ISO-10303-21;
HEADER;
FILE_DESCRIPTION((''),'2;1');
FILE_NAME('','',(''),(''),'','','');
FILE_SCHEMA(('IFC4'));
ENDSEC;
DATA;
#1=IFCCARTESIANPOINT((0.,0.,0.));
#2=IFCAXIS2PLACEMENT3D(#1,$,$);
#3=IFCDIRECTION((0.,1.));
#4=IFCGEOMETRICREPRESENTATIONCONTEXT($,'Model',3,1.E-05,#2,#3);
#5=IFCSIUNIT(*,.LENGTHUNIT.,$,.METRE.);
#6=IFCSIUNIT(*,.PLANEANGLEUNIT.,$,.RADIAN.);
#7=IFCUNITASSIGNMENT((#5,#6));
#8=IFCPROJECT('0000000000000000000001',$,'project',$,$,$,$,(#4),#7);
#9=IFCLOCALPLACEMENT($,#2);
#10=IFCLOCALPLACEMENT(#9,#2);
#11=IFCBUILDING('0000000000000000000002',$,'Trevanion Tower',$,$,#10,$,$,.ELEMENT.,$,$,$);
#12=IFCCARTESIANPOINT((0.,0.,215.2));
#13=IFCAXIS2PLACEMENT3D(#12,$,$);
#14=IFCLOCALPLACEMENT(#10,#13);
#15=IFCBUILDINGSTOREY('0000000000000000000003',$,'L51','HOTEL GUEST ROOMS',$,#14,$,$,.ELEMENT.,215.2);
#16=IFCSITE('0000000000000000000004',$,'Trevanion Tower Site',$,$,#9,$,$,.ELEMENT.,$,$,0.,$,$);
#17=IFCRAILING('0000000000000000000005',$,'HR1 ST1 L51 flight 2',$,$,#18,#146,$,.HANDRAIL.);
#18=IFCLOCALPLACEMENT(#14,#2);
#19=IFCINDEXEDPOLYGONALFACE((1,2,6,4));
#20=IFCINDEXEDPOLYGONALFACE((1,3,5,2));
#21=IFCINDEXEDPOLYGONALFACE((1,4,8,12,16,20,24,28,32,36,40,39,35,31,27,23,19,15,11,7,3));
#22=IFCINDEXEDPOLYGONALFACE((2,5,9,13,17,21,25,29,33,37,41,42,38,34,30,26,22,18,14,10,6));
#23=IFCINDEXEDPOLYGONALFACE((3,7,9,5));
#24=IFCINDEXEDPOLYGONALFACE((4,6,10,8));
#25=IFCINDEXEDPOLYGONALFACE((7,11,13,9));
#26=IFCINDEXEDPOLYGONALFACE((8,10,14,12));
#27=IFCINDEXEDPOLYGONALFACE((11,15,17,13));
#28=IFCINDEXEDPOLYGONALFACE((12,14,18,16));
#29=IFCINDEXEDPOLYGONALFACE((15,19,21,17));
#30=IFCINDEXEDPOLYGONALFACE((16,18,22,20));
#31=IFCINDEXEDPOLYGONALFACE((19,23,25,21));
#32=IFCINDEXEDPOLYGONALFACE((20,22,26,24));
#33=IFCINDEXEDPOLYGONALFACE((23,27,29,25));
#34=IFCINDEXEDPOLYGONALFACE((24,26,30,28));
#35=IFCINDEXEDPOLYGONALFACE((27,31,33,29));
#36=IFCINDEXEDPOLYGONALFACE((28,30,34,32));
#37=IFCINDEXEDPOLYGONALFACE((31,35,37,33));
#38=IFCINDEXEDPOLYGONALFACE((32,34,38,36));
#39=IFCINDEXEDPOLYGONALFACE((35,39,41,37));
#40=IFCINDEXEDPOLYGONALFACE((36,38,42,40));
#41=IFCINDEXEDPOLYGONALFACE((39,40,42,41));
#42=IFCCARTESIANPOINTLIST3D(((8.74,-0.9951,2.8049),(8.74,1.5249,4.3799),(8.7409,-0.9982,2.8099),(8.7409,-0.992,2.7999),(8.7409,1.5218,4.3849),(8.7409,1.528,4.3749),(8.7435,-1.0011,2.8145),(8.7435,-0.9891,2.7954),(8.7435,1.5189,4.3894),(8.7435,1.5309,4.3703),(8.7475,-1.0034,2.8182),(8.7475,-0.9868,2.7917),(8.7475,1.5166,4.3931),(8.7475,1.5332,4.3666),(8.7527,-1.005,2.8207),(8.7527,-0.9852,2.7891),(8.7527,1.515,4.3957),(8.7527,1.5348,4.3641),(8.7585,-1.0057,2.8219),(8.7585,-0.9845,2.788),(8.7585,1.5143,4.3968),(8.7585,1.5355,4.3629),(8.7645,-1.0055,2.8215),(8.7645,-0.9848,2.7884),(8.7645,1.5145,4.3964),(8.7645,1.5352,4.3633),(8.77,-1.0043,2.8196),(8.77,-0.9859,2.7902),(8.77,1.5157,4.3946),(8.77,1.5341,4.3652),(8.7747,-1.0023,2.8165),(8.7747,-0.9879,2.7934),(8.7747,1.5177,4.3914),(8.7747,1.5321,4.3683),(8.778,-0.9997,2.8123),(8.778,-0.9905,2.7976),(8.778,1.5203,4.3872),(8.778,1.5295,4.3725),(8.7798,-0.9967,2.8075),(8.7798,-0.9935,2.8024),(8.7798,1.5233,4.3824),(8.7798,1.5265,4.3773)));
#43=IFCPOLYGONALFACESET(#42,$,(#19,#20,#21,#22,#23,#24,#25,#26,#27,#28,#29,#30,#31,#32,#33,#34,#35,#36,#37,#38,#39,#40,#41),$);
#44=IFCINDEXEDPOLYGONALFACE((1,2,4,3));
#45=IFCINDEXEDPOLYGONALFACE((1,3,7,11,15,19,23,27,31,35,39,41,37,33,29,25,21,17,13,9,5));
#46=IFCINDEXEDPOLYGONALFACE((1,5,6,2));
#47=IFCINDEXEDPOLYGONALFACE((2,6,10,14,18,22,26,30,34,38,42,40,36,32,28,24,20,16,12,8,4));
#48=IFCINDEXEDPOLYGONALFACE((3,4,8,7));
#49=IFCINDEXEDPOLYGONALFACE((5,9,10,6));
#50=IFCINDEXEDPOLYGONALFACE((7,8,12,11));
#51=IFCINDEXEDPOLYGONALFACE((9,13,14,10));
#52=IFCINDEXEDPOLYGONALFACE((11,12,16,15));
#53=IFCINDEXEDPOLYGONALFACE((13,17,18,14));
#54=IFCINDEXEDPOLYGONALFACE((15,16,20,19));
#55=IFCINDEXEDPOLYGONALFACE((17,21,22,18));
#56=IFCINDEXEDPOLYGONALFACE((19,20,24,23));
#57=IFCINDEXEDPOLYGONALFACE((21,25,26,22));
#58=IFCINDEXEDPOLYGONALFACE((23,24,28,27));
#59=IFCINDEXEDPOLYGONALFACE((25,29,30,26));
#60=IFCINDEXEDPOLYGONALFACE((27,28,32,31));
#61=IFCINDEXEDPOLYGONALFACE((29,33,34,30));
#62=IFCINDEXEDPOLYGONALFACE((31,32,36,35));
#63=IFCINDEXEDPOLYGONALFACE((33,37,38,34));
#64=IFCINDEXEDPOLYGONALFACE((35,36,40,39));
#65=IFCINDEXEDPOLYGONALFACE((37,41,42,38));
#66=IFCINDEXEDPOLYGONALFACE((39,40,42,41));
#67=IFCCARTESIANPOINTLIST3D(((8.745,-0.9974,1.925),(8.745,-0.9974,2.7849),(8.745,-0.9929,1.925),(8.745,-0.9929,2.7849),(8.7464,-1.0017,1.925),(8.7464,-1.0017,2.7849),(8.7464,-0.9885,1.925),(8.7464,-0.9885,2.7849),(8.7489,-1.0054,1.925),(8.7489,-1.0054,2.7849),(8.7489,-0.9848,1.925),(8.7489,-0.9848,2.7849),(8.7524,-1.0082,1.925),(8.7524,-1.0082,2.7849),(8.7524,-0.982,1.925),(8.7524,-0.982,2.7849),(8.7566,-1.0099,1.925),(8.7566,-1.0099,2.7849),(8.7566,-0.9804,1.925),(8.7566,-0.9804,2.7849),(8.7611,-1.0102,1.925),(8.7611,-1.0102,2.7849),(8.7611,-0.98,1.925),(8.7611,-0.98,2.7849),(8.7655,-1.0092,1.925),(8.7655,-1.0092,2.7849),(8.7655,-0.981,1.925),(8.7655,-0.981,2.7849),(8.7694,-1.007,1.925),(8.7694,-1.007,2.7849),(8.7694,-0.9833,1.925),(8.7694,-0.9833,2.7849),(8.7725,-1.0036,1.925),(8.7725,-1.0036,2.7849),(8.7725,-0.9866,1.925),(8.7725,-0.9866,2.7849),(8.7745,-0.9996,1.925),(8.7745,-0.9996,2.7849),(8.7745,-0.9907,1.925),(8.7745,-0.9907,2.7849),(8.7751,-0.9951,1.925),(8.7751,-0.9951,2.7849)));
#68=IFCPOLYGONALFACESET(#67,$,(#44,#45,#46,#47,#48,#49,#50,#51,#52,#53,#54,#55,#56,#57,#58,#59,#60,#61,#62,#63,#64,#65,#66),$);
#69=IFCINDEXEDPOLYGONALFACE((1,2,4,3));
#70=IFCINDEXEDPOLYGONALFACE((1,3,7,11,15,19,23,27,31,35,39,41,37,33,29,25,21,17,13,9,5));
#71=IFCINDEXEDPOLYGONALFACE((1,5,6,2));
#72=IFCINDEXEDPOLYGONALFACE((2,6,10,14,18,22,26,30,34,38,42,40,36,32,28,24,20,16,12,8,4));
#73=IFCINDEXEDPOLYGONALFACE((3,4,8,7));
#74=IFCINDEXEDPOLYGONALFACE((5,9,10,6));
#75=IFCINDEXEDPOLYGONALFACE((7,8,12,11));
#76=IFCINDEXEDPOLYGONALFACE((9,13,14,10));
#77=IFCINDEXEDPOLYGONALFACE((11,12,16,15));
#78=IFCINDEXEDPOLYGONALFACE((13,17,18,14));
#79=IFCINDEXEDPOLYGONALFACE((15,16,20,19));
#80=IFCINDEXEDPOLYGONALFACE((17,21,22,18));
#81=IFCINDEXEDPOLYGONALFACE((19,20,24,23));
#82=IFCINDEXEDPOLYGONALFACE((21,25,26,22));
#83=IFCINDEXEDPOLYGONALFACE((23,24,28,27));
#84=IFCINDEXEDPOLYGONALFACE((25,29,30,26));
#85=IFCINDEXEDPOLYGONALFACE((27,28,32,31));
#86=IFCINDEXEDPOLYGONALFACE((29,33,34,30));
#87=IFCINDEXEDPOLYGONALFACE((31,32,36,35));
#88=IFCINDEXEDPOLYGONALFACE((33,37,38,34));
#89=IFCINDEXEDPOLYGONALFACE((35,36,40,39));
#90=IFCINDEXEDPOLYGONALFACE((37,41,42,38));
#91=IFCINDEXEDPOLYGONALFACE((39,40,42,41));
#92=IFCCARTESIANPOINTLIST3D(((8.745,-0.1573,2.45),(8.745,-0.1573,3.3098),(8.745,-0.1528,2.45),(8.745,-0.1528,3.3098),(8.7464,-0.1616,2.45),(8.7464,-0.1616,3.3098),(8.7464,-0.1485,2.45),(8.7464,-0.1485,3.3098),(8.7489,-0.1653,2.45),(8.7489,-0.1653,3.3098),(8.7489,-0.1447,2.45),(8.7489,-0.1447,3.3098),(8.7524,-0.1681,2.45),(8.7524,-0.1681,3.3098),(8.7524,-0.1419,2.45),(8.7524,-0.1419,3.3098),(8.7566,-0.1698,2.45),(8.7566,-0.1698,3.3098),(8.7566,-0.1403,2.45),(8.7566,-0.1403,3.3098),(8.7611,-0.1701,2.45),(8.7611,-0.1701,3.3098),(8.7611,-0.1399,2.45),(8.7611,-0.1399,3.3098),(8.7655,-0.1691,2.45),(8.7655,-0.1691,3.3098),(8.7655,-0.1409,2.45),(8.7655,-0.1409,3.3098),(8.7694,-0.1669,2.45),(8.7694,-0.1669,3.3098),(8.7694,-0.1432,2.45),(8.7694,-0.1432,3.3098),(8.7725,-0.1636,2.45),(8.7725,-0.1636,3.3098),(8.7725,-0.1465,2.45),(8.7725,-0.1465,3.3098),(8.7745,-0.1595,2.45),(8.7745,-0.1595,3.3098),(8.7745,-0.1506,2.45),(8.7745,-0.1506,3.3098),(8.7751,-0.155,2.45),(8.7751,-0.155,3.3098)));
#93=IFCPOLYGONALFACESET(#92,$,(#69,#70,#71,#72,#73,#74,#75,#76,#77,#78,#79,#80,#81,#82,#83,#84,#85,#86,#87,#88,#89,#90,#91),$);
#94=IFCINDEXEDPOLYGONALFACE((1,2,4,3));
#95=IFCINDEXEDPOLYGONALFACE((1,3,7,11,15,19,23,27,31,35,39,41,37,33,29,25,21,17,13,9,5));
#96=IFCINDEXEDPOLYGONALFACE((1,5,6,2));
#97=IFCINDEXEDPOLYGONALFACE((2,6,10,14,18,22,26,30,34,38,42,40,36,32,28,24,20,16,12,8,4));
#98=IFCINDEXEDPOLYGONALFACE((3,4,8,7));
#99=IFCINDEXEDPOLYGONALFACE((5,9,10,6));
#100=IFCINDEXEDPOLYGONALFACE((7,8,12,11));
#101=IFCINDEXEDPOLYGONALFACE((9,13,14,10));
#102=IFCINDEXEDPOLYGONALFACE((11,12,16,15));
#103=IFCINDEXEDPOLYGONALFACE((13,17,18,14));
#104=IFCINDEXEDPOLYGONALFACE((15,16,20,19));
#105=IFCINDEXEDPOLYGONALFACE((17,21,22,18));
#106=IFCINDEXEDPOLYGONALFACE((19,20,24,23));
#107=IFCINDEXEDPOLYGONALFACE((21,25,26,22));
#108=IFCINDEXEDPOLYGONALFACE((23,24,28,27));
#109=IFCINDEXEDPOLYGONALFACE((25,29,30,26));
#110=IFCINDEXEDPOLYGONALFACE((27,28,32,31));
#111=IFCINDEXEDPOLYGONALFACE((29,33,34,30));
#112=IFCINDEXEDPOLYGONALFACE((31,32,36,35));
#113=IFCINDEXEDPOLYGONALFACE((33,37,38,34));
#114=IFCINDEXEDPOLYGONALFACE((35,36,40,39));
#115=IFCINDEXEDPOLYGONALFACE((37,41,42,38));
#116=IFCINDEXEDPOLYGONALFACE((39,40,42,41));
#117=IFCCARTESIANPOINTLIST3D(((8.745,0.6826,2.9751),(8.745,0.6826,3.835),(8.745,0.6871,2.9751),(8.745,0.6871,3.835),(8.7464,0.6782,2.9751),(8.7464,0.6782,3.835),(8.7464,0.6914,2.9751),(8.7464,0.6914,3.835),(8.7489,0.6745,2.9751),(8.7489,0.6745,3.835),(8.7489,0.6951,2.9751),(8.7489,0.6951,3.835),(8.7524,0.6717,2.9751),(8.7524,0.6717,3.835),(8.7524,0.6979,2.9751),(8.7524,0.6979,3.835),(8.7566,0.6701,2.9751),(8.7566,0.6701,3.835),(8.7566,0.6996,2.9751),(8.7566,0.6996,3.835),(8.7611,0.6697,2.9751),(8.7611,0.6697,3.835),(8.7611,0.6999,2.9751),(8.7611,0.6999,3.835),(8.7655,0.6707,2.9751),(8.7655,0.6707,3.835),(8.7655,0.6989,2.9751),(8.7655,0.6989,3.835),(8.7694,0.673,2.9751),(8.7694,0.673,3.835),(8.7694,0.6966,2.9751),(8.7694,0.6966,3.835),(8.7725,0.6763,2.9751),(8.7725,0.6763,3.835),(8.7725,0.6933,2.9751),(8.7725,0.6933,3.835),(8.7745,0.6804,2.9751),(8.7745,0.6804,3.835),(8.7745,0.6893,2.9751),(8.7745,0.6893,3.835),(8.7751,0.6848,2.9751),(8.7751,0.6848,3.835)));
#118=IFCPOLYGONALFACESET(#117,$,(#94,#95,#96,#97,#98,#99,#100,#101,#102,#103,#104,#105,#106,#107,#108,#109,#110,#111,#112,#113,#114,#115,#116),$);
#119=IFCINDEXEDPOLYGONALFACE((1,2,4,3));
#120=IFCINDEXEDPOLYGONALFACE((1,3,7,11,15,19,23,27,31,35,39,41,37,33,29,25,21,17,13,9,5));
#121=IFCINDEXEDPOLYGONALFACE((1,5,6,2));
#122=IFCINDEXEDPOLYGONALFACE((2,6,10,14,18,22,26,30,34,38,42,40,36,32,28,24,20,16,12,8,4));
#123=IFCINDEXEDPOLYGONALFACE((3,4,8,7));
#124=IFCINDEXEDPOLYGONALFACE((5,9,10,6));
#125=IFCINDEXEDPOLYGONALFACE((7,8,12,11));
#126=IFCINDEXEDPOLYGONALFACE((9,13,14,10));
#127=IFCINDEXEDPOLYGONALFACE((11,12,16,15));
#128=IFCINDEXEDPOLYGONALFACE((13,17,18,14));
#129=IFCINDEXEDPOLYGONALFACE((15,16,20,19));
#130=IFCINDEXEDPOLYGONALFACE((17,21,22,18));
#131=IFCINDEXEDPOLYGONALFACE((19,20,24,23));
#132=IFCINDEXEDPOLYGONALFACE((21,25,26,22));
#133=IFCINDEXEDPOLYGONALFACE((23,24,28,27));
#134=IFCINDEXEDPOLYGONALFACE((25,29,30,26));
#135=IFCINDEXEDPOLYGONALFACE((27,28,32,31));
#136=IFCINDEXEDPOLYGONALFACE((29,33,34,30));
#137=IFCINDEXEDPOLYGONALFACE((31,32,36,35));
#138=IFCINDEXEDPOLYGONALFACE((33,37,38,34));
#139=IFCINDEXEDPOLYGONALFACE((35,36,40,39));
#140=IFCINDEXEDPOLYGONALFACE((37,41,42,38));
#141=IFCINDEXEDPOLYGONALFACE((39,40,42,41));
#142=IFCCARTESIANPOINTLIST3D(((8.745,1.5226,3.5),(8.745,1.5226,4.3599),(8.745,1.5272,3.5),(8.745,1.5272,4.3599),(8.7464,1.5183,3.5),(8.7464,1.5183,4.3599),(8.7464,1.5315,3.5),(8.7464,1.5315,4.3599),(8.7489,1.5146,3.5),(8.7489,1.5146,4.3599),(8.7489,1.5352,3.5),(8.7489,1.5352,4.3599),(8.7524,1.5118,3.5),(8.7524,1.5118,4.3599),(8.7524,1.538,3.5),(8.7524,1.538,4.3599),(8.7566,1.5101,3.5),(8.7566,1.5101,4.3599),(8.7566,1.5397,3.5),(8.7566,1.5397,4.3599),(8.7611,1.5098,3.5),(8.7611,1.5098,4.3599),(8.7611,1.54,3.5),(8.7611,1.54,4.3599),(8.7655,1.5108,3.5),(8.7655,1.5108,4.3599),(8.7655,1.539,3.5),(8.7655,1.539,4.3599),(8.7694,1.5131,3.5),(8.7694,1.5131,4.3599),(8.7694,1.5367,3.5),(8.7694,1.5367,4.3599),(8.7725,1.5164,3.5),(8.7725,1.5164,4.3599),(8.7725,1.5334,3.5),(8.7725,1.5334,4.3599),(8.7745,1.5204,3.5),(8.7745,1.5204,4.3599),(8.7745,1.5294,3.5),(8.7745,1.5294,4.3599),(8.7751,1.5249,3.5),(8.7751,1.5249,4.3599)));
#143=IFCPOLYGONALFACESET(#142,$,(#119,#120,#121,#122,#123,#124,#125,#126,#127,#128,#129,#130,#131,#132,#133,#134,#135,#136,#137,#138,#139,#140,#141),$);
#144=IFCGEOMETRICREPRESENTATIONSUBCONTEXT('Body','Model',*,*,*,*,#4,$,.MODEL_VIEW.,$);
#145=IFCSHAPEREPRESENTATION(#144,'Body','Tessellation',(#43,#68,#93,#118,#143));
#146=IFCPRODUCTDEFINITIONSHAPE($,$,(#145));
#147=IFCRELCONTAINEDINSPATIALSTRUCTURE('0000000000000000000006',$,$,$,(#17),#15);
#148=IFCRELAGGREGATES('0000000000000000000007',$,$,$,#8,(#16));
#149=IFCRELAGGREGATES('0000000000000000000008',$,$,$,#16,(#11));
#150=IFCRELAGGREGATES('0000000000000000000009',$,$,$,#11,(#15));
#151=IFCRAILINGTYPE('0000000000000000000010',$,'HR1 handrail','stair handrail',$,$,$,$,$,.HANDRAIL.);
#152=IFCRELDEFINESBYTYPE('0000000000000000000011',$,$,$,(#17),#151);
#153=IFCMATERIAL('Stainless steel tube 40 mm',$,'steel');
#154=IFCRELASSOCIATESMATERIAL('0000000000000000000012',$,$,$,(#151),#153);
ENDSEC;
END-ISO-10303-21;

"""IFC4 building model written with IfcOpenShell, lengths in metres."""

from ifc_helpers import new_model, si_unit, direction, frame, origin, origin_2d, place, context, subcontext, project, spatial, circle, extrude, material, type_object, element, save


model = new_model("IFC4")

# Units and contexts
model_context = context("Model", 3, precision=1e-05, world=origin(), true_north=direction((0.0, 1.0)))
body_context = subcontext(model_context, "Body", "Model", "MODEL_VIEW")
ifc_project = project(units=[si_unit("LENGTHUNIT", "METRE"), si_unit("PLANEANGLEUNIT", "RADIAN")], contexts=[model_context])

# Site, building, storey
site_placement = place(None, origin())
site = spatial("IfcSite", under=ifc_project, at=site_placement, Name="Trevanion Tower Site", CompositionType="ELEMENT", RefElevation=0.0)
building_placement = place(site_placement, origin())
building = spatial("IfcBuilding", under=site, at=building_placement, Name="Trevanion Tower", CompositionType="ELEMENT")
storey_placement = place(building_placement, frame((0.0, 0.0, 215.2)))
storey = spatial("IfcBuildingStorey", under=building, at=storey_placement, Name="L51", Description="HOTEL GUEST ROOMS", CompositionType="ELEMENT", Elevation=215.2)

# Railing
ifc_material_1 = material(Name="Stainless steel tube 40 mm", Category="steel")
railing_type = type_object("IfcRailingType", Name="HR1 handrail", Description="stair handrail", PredefinedType="HANDRAIL", material=ifc_material_1)
for number, where, name in (
    (1, (8.76, -0.9951, 1.925), "HR1 ST1 L51 flight 2"),
):
    element("IfcRailing", number, at=place(storey_placement, frame(where)), inside=storey, type_object=railing_type, Name=name, PredefinedType="HANDRAIL", context=body_context, shape_type="SweptSolid", body=[
        extrude(circle(Radius=0.02, at=origin_2d()), frame((0.0, 0.0, 0.8799), z_axis=(0.0, 0.848008, 0.529984), x_axis=(-1.0, 0.0, 0.0)), (0.0, 0.0, 1.0), 2.9717),
        extrude(circle(Radius=0.0151, at=origin_2d()), origin(), (0.0, 0.0, 1.0), 0.8599),
        extrude(circle(Radius=0.0151, at=origin_2d()), frame((0.0, 0.8401, 0.5249)), (0.0, 0.0, 1.0), 0.8599),
        extrude(circle(Radius=0.0151, at=origin_2d()), frame((0.0, 1.6799, 1.05)), (0.0, 0.0, 1.0), 0.8599),
        extrude(circle(Radius=0.0151, at=origin_2d()), frame((0.0, 2.52, 1.575)), (0.0, 0.0, 1.0), 0.8599),
    ])

save(model, "model.ifc")
